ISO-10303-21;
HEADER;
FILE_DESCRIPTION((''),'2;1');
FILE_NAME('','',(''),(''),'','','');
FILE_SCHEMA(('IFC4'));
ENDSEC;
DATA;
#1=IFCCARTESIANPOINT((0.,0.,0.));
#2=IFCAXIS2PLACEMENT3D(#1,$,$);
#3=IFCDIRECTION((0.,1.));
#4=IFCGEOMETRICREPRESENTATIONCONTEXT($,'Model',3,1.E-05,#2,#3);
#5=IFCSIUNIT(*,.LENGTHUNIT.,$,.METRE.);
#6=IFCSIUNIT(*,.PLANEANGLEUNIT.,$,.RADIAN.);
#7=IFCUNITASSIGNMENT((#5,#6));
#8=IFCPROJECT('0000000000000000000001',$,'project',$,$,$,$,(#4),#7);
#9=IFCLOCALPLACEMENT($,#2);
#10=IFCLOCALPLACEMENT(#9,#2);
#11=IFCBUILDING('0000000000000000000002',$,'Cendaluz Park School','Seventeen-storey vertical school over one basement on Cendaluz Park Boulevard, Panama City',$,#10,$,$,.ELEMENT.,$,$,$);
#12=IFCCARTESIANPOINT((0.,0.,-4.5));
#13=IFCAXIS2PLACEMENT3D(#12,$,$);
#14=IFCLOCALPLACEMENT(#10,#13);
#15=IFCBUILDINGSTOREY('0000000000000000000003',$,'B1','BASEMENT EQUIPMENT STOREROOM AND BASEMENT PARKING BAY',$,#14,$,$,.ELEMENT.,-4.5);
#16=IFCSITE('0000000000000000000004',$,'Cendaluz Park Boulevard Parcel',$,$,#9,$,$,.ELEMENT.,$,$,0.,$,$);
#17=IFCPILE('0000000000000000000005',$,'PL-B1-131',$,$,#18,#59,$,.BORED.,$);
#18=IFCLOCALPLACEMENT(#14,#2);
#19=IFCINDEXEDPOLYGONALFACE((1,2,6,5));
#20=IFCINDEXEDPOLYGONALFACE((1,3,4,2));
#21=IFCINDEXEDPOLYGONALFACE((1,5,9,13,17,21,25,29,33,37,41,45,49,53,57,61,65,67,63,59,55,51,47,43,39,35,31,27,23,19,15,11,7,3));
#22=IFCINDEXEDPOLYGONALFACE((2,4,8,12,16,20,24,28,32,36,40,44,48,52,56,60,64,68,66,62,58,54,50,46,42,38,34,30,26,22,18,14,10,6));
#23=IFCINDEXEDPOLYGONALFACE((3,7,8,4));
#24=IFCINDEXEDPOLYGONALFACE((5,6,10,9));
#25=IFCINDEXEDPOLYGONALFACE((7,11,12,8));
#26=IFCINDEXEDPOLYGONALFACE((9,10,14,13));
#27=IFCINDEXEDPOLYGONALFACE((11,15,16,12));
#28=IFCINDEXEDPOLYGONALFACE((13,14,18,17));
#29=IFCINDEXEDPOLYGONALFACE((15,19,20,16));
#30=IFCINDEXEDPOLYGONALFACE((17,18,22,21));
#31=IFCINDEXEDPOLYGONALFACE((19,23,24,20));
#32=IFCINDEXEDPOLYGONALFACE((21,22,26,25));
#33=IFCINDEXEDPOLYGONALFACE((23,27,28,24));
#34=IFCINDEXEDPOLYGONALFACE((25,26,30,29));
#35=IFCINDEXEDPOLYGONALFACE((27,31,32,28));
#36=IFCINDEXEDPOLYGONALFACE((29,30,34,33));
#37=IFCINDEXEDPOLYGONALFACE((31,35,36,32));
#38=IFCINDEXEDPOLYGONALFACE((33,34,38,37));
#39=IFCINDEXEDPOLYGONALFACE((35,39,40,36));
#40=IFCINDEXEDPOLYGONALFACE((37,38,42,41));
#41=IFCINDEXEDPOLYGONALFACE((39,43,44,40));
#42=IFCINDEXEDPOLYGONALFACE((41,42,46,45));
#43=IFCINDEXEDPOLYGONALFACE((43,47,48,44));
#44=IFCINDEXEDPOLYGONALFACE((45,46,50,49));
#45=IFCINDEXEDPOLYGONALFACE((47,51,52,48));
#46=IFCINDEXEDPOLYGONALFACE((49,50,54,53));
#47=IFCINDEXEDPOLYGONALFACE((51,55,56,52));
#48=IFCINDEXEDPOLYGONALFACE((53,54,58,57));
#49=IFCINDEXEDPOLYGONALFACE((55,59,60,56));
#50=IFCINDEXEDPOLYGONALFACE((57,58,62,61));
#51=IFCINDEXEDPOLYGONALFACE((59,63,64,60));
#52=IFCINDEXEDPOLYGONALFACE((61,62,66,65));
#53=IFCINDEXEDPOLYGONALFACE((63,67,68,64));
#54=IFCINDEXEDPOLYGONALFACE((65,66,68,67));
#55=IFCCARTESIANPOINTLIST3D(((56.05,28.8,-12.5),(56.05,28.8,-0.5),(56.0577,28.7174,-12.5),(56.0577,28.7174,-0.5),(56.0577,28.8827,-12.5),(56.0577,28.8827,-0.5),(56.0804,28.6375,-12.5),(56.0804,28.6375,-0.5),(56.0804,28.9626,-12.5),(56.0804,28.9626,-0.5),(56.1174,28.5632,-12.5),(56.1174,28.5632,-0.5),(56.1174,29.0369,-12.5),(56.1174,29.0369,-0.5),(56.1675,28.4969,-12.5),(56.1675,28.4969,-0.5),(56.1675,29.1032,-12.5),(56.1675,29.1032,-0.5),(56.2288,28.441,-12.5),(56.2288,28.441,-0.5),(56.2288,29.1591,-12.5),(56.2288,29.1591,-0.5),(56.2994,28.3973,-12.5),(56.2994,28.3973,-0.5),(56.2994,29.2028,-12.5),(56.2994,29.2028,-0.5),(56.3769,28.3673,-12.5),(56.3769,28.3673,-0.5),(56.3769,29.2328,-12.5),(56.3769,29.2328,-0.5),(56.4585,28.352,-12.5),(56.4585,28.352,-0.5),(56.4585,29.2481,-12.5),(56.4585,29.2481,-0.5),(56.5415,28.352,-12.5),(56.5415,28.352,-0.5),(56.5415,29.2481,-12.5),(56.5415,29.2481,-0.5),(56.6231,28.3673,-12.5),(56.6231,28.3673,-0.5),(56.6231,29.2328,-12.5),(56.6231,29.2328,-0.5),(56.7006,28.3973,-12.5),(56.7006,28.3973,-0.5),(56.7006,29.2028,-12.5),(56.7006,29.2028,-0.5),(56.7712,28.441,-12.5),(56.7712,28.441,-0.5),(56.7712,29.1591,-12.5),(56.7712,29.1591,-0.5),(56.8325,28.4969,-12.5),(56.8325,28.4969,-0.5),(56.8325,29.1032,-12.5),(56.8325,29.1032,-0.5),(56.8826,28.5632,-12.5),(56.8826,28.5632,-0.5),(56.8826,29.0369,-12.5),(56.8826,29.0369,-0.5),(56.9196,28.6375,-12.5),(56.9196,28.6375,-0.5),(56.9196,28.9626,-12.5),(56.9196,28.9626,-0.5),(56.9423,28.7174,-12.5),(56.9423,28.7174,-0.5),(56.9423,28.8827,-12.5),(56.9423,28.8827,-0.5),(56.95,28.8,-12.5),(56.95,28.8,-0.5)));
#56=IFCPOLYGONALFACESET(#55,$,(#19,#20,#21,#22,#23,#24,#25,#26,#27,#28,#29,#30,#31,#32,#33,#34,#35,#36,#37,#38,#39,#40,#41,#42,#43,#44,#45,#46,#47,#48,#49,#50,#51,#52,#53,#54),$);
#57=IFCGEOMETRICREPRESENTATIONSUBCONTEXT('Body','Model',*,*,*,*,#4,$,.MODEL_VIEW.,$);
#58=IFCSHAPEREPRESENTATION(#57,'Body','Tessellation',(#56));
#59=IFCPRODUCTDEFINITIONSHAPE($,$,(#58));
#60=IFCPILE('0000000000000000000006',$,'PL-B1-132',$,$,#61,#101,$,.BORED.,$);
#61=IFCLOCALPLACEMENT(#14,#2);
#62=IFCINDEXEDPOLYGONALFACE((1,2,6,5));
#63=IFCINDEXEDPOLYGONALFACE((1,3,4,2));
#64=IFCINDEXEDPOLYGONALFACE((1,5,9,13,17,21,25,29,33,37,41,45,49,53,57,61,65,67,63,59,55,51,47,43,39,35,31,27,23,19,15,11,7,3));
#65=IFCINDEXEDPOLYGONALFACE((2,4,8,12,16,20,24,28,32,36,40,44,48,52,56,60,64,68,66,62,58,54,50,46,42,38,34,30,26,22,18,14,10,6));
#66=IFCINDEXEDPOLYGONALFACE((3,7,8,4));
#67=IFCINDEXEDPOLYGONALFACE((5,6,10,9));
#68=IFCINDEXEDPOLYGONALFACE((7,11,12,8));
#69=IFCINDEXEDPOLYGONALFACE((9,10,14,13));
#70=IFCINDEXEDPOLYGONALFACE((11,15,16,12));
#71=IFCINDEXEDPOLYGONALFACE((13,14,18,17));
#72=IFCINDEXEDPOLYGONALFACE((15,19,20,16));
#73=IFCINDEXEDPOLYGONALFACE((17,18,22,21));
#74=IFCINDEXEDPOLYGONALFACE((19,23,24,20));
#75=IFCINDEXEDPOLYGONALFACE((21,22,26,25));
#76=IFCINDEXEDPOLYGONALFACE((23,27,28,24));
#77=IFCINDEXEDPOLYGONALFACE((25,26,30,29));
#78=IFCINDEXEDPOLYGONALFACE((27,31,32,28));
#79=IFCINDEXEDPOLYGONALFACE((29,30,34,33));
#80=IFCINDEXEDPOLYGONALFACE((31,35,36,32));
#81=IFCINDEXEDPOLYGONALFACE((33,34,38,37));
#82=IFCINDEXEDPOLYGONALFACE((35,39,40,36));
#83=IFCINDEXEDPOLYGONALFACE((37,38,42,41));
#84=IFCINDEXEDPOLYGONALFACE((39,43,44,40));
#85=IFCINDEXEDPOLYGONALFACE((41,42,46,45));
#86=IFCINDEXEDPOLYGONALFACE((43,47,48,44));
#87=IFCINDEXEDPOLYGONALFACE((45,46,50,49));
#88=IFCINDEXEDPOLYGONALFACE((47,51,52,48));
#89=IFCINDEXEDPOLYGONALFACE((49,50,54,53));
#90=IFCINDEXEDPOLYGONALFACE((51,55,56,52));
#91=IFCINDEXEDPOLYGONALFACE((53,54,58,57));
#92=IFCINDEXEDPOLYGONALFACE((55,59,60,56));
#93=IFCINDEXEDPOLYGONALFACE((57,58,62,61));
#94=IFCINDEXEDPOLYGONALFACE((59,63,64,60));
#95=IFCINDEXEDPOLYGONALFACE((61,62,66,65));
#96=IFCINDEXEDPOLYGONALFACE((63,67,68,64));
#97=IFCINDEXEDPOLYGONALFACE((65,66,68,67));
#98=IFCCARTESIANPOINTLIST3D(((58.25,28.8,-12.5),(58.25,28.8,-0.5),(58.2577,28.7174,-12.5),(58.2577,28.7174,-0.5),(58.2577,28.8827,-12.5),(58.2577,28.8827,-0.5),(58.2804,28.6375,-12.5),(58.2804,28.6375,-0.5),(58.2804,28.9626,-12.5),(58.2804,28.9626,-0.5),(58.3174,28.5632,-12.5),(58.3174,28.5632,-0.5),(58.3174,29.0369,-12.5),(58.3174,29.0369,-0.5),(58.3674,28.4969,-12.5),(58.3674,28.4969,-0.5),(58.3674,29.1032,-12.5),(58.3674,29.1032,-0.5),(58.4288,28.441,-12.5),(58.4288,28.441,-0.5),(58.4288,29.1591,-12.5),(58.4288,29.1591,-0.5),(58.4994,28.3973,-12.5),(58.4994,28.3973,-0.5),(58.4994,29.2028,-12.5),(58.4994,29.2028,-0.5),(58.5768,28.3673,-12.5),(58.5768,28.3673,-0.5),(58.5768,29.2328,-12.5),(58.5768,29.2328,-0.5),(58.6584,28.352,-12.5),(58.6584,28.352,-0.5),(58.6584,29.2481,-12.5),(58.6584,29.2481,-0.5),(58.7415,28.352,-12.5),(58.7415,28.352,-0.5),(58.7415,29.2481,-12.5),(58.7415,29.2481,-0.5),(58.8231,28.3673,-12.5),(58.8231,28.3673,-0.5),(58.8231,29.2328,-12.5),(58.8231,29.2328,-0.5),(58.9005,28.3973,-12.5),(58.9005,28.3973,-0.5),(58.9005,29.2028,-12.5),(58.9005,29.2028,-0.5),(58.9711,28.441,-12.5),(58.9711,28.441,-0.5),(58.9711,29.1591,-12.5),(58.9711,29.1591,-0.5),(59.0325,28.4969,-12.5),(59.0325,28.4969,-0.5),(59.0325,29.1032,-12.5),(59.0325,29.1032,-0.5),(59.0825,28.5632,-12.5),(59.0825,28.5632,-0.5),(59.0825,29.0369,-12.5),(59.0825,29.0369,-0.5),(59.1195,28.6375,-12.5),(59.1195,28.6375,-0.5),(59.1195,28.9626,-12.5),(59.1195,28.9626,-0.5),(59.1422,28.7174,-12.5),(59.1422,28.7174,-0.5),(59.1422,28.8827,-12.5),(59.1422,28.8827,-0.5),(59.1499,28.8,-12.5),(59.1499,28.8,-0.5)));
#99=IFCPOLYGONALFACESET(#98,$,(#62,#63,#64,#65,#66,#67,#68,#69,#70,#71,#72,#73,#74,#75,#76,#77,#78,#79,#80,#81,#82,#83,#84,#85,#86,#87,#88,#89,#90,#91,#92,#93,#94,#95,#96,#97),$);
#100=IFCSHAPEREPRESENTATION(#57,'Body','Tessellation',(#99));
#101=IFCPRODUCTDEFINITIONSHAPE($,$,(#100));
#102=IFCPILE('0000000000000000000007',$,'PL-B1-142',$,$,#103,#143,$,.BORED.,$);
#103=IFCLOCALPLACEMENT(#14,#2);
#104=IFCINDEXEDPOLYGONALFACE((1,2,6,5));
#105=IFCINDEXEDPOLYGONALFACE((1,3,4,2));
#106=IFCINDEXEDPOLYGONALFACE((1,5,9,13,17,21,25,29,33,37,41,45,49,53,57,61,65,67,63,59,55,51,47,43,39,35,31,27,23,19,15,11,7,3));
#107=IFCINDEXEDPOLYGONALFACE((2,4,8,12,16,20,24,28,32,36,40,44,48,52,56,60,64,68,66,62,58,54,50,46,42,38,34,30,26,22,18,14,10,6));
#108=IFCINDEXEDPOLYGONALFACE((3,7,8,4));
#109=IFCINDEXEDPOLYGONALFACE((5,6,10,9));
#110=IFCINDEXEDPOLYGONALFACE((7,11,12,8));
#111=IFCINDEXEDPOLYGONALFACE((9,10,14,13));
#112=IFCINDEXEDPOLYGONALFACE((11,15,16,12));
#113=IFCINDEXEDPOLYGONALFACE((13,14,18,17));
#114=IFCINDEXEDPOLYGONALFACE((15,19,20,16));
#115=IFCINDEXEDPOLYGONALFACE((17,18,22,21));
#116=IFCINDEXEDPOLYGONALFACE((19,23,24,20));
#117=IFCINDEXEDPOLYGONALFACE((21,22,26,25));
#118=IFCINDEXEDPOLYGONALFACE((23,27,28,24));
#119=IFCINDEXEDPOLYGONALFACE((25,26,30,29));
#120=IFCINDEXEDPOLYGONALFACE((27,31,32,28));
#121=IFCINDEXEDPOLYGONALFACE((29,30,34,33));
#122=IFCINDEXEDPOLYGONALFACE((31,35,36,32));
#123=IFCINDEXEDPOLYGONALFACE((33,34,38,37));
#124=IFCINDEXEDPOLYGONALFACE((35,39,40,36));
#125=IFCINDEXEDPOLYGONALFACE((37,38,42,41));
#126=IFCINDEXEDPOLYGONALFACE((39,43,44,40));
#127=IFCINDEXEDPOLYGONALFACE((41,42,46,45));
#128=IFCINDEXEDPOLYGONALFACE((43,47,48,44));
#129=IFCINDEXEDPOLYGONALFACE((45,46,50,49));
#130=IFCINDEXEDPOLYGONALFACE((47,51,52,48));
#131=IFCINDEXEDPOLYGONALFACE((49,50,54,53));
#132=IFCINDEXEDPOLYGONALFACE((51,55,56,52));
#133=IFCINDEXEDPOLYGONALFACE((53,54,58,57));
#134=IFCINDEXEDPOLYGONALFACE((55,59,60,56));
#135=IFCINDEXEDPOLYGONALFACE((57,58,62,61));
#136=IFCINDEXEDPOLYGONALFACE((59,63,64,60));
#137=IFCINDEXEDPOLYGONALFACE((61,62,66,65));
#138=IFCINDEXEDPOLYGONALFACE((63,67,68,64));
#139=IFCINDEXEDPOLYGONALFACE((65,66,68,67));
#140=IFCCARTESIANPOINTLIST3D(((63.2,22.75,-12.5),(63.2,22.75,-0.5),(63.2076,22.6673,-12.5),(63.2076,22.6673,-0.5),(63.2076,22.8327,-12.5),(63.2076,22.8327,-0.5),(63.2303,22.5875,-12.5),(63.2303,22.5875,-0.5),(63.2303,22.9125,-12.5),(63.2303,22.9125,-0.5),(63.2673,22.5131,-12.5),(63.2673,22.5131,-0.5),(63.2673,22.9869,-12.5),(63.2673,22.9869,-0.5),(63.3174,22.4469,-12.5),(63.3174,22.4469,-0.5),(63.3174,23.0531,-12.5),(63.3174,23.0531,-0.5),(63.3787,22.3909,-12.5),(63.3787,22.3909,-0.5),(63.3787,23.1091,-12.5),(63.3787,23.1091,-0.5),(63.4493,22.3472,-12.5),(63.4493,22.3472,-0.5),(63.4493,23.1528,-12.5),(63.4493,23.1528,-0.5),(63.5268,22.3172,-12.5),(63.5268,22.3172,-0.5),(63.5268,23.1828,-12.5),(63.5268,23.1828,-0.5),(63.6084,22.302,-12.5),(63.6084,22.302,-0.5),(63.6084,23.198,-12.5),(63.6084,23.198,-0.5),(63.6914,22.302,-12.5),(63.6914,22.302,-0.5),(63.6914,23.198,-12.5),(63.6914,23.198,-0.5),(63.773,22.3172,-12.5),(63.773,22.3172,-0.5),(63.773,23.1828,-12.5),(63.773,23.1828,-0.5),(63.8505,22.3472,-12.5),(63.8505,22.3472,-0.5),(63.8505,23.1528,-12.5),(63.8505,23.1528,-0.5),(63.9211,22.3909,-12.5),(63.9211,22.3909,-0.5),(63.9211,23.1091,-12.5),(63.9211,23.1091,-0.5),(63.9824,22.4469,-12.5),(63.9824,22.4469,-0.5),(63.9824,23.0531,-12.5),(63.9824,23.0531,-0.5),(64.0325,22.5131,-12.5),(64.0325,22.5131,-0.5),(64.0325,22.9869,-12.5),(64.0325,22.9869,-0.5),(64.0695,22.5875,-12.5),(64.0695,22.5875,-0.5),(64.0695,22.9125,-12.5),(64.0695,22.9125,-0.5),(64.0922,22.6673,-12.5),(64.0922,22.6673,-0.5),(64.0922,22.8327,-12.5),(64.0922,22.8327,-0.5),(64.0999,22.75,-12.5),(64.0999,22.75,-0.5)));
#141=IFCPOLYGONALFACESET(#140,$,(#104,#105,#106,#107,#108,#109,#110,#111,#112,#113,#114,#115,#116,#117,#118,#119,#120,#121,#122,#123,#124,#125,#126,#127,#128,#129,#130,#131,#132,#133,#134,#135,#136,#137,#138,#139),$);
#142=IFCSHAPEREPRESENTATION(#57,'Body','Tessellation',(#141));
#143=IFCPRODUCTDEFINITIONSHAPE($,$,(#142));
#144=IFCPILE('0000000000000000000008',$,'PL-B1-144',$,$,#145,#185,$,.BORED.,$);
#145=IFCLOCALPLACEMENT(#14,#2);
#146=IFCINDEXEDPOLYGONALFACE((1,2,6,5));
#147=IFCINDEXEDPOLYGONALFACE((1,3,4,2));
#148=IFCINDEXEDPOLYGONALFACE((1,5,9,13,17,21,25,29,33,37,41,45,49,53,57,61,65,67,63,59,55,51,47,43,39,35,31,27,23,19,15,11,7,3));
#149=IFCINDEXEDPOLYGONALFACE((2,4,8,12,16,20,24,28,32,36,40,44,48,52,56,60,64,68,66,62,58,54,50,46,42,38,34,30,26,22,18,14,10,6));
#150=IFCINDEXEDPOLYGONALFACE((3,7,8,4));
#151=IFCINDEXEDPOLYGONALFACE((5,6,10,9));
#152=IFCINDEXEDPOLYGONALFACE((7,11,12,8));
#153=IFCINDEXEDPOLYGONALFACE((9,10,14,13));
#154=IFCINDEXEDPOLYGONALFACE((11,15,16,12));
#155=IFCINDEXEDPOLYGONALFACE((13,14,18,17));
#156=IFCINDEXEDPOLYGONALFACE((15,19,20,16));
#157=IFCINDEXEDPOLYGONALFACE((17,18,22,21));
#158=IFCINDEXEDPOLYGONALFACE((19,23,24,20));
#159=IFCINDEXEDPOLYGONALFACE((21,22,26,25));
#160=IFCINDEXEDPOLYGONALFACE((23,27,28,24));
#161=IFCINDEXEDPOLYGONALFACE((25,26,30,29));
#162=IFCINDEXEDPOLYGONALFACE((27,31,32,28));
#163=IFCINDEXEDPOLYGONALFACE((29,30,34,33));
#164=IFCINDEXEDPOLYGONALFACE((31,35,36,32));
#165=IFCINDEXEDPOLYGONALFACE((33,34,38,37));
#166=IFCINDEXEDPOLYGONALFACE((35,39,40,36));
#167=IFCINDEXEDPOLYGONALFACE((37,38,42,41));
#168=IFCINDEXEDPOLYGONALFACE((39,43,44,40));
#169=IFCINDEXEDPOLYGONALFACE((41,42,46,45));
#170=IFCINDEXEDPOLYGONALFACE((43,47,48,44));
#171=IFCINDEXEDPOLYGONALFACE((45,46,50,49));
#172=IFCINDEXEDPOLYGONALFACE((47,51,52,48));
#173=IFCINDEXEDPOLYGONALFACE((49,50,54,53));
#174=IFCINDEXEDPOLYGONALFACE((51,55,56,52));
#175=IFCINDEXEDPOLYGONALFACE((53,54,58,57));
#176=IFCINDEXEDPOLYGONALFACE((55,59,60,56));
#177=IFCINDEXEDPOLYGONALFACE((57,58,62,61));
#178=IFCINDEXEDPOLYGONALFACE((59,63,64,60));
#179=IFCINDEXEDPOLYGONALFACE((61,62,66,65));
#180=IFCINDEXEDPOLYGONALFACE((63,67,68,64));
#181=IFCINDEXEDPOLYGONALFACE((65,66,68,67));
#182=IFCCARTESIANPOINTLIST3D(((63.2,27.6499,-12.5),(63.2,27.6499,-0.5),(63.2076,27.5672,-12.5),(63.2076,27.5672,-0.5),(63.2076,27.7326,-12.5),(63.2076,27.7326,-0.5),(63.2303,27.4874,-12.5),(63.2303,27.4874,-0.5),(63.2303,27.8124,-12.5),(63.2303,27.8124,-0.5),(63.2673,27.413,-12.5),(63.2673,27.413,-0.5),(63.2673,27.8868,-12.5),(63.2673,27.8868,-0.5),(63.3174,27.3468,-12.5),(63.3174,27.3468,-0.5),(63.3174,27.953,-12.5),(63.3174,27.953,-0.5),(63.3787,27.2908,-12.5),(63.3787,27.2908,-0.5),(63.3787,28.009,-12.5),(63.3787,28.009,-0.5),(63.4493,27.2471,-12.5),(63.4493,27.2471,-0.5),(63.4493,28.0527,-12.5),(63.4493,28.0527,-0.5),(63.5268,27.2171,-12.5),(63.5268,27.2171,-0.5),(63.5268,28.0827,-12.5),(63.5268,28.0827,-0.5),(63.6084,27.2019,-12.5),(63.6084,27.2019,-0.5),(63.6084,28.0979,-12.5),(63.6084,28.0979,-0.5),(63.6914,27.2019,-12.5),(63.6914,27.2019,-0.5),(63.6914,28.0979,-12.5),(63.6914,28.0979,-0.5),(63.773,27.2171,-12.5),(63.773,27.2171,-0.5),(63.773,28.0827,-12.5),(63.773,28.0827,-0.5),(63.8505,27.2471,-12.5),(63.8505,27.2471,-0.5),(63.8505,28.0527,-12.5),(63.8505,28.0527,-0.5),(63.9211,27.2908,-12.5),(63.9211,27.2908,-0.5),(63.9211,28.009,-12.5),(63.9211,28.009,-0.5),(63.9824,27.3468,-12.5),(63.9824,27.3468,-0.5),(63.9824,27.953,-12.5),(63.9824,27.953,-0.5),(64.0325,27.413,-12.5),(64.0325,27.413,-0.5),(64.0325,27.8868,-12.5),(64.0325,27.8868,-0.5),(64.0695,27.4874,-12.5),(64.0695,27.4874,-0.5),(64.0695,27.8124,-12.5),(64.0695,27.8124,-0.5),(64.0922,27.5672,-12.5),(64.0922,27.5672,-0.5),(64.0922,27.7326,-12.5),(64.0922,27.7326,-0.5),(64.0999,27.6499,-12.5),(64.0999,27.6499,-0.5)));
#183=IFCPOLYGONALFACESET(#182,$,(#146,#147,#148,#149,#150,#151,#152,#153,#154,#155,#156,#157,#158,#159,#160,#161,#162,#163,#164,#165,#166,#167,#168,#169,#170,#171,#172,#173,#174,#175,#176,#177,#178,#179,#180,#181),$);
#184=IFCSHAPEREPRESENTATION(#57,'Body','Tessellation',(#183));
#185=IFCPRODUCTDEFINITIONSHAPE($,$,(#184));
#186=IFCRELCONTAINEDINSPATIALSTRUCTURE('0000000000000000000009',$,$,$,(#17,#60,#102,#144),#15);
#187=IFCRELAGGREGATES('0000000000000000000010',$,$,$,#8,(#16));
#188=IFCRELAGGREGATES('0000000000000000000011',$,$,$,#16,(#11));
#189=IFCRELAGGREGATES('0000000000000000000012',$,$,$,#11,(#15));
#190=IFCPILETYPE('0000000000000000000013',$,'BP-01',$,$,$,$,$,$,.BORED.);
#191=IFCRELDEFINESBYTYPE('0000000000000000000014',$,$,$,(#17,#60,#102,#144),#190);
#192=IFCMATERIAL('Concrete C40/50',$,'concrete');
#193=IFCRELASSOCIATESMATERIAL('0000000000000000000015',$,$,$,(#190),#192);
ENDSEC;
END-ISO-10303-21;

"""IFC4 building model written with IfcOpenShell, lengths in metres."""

from ifc_helpers import new_model, si_unit, direction, frame, origin, origin_2d, place, context, subcontext, project, spatial, circle, extrude, material, material_profile, profile_set, type_object, element, save


model = new_model("IFC4")

# Units and contexts
model_context = context("Model", 3, precision=1e-05, world=origin(), true_north=direction((0.0, 1.0)))
body_context = subcontext(model_context, "Body", "Model", "MODEL_VIEW")
ifc_project = project(units=[si_unit("LENGTHUNIT", "METRE"), si_unit("PLANEANGLEUNIT", "RADIAN")], contexts=[model_context])

# Site, building, storey
site_placement = place(None, origin())
site = spatial("IfcSite", under=ifc_project, at=site_placement, Name="Cendaluz Park Boulevard Parcel", CompositionType="ELEMENT", RefElevation=0.0)
building_placement = place(site_placement, origin())
building = spatial("IfcBuilding", under=site, at=building_placement, Name="Cendaluz Park School", Description="Seventeen-storey vertical school over one basement on Cendaluz Park Boulevard, Panama City", CompositionType="ELEMENT")
storey_placement = place(building_placement, frame((0.0, 0.0, -4.5)))
storey = spatial("IfcBuildingStorey", under=building, at=storey_placement, Name="B1", Description="BASEMENT EQUIPMENT STOREROOM AND BASEMENT PARKING BAY", CompositionType="ELEMENT", Elevation=-4.5)

# Piles
ifc_material_1 = material(Name="Concrete C40/50", Category="concrete")
ifc_material_profile_1 = material_profile(ifc_material_1, circle(Radius=0.45, at=origin_2d()), Name="BP D900", Category="concrete")
ifc_profile_set_1 = profile_set([ifc_material_profile_1], Name="Concrete C40/50")
pile_type_1 = type_object("IfcPileType", Name="BP-01", PredefinedType="BORED", material=ifc_profile_set_1)
for number, where, z_axis, x_axis, name in (
    (1, (56.5, 28.8, -0.5), (0.0, 0.0, -1.0), (1.0, 0.0, 0.0), "PL-B1-131"),
    (2, (58.7, 28.8, -0.5), (0.0, 0.0, -1.0), (1.0, 0.0, 0.0), "PL-B1-132"),
    (3, (63.6499, 22.75, -0.5), (0.0, 0.0, -1.0), (1.0, 0.0, 0.0), "PL-B1-142"),
    (4, (63.6499, 27.6499, -0.5), (0.0, 0.0, -1.0), (1.0, 0.0, 0.0), "PL-B1-144"),
):
    element("IfcPile", number, at=place(storey_placement, frame(where, z_axis=z_axis, x_axis=x_axis)), inside=storey, type_object=pile_type_1, Name=name, PredefinedType="BORED", context=body_context, shape_type="SweptSolid", body=[
        extrude(circle(Radius=0.45, at=origin_2d()), origin(), (0.0, 0.0, 1.0), 12.0),
    ])

save(model, "model.ifc")
